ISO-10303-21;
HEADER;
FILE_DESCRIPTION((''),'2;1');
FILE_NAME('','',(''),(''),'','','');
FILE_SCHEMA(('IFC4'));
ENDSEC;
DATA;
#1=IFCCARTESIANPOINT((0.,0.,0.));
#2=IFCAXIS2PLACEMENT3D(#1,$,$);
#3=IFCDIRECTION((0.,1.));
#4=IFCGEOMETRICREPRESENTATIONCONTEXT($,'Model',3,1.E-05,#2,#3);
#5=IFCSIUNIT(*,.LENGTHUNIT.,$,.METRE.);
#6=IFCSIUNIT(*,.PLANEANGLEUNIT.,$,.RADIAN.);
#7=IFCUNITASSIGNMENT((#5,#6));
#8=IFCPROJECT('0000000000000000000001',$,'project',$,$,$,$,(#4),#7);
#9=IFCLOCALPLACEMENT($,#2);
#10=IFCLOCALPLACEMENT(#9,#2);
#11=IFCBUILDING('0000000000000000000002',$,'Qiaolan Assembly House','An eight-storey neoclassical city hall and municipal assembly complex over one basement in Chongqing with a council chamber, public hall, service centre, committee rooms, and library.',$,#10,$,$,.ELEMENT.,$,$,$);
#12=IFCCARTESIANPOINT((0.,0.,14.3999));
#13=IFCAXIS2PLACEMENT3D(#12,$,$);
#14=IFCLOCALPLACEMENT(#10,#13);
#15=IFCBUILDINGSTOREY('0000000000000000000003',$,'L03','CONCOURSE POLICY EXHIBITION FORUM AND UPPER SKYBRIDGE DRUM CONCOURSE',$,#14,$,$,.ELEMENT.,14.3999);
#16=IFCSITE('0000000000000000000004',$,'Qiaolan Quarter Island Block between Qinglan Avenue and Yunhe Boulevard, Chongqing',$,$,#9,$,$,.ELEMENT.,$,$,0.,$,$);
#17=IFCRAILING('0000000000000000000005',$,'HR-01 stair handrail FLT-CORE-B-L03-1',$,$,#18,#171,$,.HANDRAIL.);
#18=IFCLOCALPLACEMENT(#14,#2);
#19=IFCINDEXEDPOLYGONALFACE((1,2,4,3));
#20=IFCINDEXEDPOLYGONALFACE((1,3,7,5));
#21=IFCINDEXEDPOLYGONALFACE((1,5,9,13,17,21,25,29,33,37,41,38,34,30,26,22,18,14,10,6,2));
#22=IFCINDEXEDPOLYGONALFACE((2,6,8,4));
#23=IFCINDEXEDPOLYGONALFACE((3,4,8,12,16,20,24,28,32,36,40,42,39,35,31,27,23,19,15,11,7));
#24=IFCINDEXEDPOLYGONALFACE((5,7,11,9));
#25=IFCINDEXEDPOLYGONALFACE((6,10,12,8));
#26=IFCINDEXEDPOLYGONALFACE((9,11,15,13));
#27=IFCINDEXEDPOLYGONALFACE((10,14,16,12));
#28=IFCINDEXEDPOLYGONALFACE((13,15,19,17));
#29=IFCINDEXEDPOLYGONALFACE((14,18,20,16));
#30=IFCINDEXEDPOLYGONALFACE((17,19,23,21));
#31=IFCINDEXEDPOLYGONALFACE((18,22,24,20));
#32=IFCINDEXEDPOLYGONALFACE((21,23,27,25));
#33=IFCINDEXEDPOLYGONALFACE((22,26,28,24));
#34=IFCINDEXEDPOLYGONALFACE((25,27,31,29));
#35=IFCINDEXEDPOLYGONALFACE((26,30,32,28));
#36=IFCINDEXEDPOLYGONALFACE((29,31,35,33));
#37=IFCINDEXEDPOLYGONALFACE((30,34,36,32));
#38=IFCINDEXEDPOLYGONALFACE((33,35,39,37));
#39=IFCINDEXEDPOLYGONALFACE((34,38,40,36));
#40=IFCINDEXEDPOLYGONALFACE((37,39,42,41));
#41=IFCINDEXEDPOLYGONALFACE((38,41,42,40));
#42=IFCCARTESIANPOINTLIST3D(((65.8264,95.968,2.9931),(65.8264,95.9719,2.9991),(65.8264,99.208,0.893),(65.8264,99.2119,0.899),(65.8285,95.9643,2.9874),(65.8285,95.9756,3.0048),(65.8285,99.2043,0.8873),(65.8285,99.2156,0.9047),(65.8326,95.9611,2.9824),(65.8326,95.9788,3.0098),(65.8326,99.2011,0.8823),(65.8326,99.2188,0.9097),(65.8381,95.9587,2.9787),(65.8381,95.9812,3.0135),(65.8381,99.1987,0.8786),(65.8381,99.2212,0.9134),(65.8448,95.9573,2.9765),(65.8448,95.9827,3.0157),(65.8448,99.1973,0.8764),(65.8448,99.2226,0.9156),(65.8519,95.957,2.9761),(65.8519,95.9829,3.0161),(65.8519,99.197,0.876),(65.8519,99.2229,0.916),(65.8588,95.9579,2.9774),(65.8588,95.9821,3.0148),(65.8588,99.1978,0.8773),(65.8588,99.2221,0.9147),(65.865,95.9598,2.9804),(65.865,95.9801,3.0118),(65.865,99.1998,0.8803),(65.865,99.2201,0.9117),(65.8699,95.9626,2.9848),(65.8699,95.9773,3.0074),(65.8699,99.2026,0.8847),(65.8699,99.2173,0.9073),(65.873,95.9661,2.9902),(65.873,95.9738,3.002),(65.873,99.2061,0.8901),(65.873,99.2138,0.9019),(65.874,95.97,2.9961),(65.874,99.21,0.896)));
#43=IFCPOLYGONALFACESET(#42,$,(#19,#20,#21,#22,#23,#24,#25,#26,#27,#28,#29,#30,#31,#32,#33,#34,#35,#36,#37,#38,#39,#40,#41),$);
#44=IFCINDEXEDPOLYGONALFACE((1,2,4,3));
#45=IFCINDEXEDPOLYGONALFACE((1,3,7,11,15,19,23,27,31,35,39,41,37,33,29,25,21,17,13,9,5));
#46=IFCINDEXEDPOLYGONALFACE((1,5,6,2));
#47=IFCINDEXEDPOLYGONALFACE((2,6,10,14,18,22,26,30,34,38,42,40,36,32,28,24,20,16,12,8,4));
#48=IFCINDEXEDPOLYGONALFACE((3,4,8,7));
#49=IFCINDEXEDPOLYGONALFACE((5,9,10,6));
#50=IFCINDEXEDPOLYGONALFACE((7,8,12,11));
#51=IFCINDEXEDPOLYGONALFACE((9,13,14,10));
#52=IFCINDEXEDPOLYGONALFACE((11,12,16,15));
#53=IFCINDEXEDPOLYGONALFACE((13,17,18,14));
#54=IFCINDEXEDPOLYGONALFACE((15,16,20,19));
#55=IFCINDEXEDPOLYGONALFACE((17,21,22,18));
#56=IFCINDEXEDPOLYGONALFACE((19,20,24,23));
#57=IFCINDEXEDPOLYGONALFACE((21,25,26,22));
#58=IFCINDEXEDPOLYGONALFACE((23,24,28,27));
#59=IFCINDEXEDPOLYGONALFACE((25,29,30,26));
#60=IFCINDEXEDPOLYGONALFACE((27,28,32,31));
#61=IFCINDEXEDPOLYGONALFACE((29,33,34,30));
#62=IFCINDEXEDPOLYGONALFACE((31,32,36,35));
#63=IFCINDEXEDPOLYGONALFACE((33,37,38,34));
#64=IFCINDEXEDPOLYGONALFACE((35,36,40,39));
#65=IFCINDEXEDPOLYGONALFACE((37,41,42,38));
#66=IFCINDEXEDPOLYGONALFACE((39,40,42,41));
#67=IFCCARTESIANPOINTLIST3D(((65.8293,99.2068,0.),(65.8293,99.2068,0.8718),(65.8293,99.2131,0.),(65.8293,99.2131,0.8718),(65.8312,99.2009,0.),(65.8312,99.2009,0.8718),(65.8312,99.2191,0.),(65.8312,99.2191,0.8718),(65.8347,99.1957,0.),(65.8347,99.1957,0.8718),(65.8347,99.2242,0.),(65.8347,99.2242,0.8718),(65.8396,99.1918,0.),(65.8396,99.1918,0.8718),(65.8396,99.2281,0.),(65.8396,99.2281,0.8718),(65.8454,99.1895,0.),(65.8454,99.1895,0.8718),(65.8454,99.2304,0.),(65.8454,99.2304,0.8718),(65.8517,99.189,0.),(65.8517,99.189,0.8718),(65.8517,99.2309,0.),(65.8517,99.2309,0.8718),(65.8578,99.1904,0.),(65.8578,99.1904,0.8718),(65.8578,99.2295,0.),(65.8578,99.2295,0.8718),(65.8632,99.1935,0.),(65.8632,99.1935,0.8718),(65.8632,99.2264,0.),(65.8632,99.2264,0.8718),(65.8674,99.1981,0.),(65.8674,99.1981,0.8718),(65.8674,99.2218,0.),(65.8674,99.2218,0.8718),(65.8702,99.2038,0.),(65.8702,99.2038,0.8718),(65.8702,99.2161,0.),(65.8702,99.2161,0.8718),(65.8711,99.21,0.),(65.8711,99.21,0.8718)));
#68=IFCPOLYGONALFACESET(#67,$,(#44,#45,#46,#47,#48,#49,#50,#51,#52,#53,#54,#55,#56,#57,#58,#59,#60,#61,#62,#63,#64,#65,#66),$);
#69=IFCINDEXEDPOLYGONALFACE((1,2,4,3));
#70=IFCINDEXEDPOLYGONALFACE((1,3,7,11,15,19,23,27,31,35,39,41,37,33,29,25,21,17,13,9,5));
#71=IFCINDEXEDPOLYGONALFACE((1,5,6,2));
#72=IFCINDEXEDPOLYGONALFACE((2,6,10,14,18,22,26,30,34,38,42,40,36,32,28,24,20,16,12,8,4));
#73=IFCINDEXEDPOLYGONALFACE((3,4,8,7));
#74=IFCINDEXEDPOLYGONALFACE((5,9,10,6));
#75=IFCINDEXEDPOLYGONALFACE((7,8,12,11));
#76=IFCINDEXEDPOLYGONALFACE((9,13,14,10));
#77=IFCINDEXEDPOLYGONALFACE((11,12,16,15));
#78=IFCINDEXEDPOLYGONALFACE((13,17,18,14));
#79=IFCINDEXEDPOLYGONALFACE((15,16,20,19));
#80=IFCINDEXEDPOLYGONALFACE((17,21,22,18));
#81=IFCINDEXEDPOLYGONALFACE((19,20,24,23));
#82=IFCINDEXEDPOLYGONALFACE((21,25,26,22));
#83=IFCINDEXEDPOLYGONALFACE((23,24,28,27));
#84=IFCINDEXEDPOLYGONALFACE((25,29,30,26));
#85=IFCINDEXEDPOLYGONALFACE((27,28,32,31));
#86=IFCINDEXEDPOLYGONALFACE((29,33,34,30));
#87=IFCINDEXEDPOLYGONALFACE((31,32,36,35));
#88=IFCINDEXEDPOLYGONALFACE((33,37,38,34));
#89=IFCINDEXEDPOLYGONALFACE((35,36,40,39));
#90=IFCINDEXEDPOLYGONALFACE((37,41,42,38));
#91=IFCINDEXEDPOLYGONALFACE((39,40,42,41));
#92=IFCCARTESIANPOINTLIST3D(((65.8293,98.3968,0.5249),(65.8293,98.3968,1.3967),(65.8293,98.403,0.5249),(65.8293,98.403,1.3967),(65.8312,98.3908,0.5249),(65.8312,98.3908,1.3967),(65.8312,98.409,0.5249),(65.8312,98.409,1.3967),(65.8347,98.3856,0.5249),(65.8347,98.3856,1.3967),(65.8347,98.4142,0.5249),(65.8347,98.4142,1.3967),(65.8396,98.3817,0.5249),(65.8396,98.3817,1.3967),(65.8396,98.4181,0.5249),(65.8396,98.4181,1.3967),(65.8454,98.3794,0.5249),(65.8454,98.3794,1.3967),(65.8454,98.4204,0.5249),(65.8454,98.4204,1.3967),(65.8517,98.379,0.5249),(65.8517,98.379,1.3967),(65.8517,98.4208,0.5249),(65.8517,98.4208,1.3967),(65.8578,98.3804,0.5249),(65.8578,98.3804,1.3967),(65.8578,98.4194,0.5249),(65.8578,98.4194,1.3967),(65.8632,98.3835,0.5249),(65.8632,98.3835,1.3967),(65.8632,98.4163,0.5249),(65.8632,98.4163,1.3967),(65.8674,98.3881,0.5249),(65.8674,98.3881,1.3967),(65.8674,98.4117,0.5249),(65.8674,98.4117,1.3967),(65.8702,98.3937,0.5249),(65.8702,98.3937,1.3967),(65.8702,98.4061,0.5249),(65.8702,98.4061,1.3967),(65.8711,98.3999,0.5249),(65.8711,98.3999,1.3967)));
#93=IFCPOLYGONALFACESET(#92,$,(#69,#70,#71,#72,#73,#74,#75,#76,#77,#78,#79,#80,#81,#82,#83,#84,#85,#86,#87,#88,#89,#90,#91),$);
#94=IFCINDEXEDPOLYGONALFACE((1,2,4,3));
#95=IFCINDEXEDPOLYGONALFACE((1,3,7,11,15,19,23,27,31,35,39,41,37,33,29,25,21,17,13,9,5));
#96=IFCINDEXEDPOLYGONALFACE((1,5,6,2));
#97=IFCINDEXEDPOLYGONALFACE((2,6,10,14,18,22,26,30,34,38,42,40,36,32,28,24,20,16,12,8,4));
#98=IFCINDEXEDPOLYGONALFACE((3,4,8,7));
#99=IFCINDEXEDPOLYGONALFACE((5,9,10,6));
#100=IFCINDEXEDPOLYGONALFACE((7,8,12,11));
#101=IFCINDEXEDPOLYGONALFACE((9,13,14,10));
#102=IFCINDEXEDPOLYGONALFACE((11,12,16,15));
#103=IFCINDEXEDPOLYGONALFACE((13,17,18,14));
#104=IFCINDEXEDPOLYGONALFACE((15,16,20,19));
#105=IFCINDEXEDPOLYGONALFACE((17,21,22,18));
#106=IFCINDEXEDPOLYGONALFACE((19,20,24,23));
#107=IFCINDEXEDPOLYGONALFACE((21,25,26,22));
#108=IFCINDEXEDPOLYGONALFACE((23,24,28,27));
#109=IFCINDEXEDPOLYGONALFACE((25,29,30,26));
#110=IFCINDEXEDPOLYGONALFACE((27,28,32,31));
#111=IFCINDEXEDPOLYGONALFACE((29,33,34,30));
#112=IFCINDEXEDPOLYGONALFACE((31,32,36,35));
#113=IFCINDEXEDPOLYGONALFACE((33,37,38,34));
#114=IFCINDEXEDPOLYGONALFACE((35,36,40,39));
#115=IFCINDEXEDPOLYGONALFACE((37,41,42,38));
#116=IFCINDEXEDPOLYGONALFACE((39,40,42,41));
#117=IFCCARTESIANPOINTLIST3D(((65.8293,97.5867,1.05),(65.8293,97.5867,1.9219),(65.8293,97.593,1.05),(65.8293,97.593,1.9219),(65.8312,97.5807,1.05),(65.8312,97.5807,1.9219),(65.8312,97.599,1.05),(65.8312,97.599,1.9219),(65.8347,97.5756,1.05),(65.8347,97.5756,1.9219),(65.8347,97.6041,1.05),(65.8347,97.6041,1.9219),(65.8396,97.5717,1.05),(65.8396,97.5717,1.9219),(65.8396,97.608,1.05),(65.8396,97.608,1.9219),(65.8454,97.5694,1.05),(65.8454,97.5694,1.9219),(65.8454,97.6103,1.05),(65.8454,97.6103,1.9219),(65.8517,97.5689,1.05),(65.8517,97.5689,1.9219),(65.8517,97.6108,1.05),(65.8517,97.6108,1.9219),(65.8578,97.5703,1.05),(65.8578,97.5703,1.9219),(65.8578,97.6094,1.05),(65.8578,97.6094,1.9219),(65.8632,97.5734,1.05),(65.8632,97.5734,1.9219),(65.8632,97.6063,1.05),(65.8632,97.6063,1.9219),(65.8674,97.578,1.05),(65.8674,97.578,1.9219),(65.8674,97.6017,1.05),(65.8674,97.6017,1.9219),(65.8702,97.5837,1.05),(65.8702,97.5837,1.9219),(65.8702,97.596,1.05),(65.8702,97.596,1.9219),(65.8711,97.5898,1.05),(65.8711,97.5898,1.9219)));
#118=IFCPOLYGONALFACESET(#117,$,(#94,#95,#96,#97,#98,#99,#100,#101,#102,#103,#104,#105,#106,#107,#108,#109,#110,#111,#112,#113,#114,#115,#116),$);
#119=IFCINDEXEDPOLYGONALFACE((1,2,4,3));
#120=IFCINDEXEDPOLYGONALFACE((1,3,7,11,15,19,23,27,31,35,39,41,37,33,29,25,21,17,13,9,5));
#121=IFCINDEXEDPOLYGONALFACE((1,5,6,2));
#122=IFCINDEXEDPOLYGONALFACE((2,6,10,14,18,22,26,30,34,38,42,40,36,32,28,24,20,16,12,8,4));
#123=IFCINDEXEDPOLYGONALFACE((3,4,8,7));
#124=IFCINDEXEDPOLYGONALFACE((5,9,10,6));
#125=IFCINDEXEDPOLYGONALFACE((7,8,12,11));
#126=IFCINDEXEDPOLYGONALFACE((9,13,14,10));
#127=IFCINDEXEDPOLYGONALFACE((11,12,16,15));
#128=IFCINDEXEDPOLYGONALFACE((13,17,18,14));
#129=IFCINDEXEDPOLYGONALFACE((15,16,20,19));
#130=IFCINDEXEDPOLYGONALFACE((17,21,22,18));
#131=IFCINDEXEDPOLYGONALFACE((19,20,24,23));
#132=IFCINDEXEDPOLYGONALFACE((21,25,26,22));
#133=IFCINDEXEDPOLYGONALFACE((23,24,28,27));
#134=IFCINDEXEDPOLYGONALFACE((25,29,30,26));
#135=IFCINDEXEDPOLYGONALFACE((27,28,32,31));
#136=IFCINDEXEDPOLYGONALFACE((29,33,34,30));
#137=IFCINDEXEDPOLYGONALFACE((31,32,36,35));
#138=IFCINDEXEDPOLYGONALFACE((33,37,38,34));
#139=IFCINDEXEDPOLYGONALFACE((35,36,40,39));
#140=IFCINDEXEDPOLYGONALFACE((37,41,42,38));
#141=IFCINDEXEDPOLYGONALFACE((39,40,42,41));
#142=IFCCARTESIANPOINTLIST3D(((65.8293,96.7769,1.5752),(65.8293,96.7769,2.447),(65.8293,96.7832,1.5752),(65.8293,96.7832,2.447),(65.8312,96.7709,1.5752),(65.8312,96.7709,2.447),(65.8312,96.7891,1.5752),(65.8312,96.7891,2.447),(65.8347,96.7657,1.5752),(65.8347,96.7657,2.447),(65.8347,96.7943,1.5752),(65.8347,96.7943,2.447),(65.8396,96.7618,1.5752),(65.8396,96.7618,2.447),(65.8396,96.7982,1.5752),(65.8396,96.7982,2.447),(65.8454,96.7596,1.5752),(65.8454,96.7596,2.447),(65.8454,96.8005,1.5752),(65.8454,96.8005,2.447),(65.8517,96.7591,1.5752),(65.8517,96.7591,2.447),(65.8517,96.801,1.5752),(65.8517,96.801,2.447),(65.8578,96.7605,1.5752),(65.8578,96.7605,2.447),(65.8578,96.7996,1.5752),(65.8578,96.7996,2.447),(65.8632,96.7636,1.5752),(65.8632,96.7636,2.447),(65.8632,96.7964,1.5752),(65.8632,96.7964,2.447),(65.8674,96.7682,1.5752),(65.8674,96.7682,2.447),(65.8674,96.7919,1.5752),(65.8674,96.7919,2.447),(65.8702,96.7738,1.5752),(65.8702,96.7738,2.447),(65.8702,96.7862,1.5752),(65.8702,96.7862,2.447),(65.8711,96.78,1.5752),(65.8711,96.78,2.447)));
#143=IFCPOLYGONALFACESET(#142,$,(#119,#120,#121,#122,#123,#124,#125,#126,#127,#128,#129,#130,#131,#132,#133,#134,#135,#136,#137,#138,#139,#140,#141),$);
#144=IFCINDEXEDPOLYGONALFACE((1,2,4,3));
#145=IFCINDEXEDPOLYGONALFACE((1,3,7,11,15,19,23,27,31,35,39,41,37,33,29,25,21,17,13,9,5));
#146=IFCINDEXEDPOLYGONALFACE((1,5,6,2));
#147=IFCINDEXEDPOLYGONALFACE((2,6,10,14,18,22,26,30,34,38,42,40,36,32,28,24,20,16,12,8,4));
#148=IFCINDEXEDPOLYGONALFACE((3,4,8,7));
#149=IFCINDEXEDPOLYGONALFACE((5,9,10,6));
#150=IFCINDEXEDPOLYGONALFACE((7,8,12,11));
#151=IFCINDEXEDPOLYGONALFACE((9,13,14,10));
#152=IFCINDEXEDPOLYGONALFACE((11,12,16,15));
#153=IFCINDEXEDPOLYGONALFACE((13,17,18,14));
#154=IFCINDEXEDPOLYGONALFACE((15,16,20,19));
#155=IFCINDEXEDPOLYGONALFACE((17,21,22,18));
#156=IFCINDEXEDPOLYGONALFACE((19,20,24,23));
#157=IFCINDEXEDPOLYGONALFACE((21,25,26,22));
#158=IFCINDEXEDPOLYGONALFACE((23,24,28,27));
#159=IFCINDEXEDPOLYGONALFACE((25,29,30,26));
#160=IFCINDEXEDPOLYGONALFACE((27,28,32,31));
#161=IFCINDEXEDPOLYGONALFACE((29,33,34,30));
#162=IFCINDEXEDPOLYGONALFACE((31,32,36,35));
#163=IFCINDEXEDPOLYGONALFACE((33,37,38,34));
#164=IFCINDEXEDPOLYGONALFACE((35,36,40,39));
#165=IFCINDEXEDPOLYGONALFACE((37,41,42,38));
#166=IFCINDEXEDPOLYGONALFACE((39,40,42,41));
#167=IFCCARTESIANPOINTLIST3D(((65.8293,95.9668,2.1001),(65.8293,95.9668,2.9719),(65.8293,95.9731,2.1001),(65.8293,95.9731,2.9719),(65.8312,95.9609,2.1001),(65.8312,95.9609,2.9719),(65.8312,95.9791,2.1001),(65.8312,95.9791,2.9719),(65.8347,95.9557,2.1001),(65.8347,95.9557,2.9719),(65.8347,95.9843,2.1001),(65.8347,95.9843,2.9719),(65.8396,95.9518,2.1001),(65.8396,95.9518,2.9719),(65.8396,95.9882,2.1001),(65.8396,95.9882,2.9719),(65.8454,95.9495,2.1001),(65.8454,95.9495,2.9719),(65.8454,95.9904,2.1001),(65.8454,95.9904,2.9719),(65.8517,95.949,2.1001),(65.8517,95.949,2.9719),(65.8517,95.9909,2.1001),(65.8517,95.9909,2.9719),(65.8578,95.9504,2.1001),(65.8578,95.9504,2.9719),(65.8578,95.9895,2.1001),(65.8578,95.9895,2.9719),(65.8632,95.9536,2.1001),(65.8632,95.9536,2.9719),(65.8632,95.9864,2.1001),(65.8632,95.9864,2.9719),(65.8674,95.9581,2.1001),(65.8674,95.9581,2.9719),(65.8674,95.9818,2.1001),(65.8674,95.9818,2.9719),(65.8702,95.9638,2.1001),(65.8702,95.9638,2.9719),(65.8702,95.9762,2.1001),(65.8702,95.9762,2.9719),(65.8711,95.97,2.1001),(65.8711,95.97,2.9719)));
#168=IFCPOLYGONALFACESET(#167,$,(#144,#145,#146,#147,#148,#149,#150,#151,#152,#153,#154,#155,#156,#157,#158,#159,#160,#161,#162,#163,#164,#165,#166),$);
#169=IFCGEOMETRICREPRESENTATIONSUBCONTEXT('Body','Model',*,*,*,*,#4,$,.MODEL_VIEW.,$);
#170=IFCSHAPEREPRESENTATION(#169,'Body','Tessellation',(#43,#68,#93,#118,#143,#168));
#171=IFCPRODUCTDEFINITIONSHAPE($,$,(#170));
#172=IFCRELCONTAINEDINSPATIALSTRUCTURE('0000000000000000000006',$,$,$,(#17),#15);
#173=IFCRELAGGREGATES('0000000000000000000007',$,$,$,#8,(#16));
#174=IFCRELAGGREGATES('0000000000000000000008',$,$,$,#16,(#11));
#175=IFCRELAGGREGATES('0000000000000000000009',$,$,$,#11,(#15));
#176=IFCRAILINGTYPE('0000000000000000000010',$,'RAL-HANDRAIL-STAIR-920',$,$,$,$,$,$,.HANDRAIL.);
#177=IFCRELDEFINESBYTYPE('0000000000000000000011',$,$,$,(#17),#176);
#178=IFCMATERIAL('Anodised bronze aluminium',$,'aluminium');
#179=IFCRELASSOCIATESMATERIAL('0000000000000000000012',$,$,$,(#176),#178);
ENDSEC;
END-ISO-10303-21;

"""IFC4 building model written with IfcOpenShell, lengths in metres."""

from ifc_helpers import new_model, si_unit, direction, frame, origin, origin_2d, place, context, subcontext, project, spatial, circle, extrude, material, type_object, element, save


model = new_model("IFC4")

# Units and contexts
model_context = context("Model", 3, precision=1e-05, world=origin(), true_north=direction((0.0, 1.0)))
body_context = subcontext(model_context, "Body", "Model", "MODEL_VIEW")
ifc_project = project(units=[si_unit("LENGTHUNIT", "METRE"), si_unit("PLANEANGLEUNIT", "RADIAN")], contexts=[model_context])

# Site, building, storey
site_placement = place(None, origin())
site = spatial("IfcSite", under=ifc_project, at=site_placement, Name="Qiaolan Quarter Island Block between Qinglan Avenue and Yunhe Boulevard, Chongqing", CompositionType="ELEMENT", RefElevation=0.0)
building_placement = place(site_placement, origin())
building = spatial("IfcBuilding", under=site, at=building_placement, Name="Qiaolan Assembly House", Description="An eight-storey neoclassical city hall and municipal assembly complex over one basement in Chongqing with a council chamber, public hall, service centre, committee rooms, and library.", CompositionType="ELEMENT")
storey_placement = place(building_placement, frame((0.0, 0.0, 14.3999)))
storey = spatial("IfcBuildingStorey", under=building, at=storey_placement, Name="L03", Description="CONCOURSE POLICY EXHIBITION FORUM AND UPPER SKYBRIDGE DRUM CONCOURSE", CompositionType="ELEMENT", Elevation=14.3999)

# Railing
ifc_material_1 = material(Name="Anodised bronze aluminium", Category="aluminium")
railing_type_1 = type_object("IfcRailingType", Name="RAL-HANDRAIL-STAIR-920", PredefinedType="HANDRAIL", material=ifc_material_1)
railing_1_placement = place(storey_placement, frame((65.8501, 99.21, 0.0)))
element("IfcRailing", 1, at=railing_1_placement, inside=storey, type_object=railing_type_1, Name="HR-01 stair handrail FLT-CORE-B-L03-1", PredefinedType="HANDRAIL", context=body_context, shape_type="SweptSolid", body=[
    extrude(circle(Radius=0.0239, at=origin_2d()), frame((0.0, 0.0, 0.896), z_axis=(0.0, -0.839141, 0.543914), x_axis=(1.0, 0.0, 0.0)), (0.0, 0.0, 1.0), 3.8611),
    extrude(circle(Radius=0.021, at=origin_2d()), origin(), (0.0, 0.0, 1.0), 0.8718),
    extrude(circle(Radius=0.021, at=origin_2d()), frame((0.0, -0.8101, 0.5249)), (0.0, 0.0, 1.0), 0.8718),
    extrude(circle(Radius=0.021, at=origin_2d()), frame((0.0, -1.6201, 1.05)), (0.0, 0.0, 1.0), 0.8718),
    extrude(circle(Radius=0.021, at=origin_2d()), frame((0.0, -2.4299, 1.5752)), (0.0, 0.0, 1.0), 0.8718),
    extrude(circle(Radius=0.021, at=origin_2d()), frame((0.0, -3.24, 2.1001)), (0.0, 0.0, 1.0), 0.8718),
])

save(model, "model.ifc")
